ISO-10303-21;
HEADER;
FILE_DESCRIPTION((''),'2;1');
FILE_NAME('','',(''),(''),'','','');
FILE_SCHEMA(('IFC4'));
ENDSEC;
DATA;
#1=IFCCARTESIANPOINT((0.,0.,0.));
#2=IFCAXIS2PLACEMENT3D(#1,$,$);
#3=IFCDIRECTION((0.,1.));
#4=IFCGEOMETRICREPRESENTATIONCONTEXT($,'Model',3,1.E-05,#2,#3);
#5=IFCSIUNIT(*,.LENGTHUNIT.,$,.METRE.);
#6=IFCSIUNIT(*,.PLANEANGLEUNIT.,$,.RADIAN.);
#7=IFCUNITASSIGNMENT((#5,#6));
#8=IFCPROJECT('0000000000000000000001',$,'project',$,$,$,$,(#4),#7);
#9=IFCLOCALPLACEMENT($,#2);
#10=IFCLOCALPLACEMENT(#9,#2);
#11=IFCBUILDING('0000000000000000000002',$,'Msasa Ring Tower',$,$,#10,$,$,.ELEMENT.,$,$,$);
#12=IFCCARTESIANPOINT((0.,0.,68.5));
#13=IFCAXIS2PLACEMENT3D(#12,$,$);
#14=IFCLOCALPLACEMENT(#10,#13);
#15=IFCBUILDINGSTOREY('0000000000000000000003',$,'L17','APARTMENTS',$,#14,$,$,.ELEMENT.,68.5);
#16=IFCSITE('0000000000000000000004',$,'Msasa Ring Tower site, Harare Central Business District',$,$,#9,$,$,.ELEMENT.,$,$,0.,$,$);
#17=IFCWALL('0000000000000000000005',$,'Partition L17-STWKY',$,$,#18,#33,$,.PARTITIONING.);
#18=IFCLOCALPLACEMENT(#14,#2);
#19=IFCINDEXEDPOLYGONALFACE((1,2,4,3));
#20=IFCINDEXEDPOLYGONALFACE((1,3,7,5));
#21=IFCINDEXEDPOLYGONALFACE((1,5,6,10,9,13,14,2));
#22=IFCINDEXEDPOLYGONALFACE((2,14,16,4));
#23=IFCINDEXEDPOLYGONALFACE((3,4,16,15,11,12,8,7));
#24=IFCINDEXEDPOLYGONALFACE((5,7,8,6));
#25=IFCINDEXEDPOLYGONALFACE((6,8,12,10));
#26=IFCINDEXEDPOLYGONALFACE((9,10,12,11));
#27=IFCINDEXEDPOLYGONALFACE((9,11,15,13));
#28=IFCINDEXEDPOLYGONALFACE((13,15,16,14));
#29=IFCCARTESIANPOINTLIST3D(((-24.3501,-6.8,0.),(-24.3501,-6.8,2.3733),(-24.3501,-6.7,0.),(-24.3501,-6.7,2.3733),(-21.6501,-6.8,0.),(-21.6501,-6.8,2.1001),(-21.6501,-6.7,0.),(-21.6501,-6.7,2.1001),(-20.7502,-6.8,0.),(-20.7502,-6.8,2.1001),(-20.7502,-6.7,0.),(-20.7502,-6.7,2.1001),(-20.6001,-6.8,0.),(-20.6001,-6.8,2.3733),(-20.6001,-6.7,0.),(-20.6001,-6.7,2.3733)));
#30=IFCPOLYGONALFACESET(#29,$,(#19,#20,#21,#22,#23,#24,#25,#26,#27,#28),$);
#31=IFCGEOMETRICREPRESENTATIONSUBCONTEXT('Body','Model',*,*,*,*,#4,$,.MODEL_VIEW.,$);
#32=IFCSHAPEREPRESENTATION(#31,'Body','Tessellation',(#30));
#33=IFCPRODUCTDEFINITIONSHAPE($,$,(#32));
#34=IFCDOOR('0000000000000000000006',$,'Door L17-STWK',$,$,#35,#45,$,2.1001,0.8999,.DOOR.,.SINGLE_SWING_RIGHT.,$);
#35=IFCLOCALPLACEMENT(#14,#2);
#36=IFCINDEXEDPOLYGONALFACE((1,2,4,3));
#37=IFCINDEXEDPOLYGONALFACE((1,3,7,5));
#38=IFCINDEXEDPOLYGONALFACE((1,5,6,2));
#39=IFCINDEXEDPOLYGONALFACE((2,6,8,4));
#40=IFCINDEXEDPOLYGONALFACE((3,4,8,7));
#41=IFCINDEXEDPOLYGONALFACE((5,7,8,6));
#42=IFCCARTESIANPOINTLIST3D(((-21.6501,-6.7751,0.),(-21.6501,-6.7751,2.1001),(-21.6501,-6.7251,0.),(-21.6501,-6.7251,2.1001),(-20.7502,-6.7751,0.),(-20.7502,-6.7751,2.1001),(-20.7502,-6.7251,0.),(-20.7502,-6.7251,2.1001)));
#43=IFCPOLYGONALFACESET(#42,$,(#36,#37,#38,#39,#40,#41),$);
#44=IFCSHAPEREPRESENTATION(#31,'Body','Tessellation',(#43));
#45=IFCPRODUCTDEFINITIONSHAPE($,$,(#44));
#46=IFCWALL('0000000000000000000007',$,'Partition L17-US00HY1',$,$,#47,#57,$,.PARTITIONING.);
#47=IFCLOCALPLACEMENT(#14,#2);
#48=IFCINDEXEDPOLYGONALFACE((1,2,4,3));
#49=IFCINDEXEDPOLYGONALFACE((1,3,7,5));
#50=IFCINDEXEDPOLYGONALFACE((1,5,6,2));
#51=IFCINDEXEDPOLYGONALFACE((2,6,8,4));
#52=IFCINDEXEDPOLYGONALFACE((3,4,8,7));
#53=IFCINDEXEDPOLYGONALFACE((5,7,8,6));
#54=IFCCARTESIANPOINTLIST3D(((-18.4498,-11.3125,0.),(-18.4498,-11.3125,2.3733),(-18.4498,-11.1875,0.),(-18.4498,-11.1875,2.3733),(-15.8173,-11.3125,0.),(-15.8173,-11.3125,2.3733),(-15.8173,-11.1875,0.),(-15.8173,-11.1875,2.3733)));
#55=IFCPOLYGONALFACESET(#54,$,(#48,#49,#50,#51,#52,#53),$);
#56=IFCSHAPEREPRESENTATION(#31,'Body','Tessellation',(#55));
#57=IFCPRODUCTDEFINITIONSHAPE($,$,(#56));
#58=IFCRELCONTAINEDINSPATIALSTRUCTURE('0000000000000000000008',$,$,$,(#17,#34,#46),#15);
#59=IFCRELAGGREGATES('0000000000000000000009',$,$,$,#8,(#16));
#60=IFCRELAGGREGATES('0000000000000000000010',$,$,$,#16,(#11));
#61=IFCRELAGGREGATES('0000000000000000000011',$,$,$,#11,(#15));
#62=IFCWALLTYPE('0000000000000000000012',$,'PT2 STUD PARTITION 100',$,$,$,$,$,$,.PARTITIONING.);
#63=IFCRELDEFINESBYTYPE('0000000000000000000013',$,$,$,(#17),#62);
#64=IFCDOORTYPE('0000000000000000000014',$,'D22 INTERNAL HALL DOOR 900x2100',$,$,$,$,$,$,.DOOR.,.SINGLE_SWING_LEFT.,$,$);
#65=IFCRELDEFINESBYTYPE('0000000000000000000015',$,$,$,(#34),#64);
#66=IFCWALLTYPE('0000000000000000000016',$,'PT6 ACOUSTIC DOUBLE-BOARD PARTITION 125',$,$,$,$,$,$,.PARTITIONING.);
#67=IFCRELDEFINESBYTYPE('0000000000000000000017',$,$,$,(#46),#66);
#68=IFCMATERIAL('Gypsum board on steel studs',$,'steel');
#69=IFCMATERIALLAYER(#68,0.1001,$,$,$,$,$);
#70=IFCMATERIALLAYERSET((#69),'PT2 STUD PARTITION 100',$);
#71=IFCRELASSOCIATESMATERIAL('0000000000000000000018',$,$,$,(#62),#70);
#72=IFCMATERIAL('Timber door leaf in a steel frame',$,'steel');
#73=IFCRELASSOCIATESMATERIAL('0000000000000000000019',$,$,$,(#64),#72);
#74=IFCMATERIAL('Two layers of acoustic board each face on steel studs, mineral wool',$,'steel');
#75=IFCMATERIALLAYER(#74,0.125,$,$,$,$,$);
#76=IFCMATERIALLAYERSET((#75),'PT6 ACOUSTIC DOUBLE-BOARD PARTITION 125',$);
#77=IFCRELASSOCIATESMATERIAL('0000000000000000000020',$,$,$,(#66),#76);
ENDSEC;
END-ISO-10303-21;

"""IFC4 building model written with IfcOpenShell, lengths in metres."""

from ifc_helpers import new_model, si_unit, direction, frame, frame_2d, origin, place, context, subcontext, project, spatial, rectangle, extrude, material, layer, layer_set, type_object, element, fill, save


model = new_model("IFC4")

# Units and contexts
model_context = context("Model", 3, precision=1e-05, world=origin(), true_north=direction((0.0, 1.0)))
body_context = subcontext(model_context, "Body", "Model", "MODEL_VIEW")
ifc_project = project(units=[si_unit("LENGTHUNIT", "METRE"), si_unit("PLANEANGLEUNIT", "RADIAN")], contexts=[model_context])

# Site, building, storey
site_placement = place(None, origin())
site = spatial("IfcSite", under=ifc_project, at=site_placement, Name="Msasa Ring Tower site, Harare Central Business District", CompositionType="ELEMENT", RefElevation=0.0)
building_placement = place(site_placement, origin())
building = spatial("IfcBuilding", under=site, at=building_placement, Name="Msasa Ring Tower", CompositionType="ELEMENT")
storey_placement = place(building_placement, frame((0.0, 0.0, 68.5)))
storey = spatial("IfcBuildingStorey", under=building, at=storey_placement, Name="L17", Description="APARTMENTS", CompositionType="ELEMENT", Elevation=68.5)

# Wall, opening, door
ifc_material_1 = material(Name="Gypsum board on steel studs", Category="steel")
ifc_layer_1 = layer(ifc_material_1, 0.1001)
ifc_layer_set_1 = layer_set([ifc_layer_1], Name="PT2 STUD PARTITION 100")
wall_type_1 = type_object("IfcWallType", Name="PT2 STUD PARTITION 100", PredefinedType="PARTITIONING", material=ifc_layer_set_1)
wall_1_placement = place(storey_placement, frame((-24.3501, -6.75, 0.0), z_axis=(0.0, 0.0, 1.0), x_axis=(1.0, 0.0, 0.0)))
wall_1 = element("IfcWall", 1, at=wall_1_placement, inside=storey, type_object=wall_type_1, Name="Partition L17-STWKY", PredefinedType="PARTITIONING", context=body_context, shape_type="SweptSolid", body=[
    extrude(rectangle(XDim=3.75, YDim=0.1001, at=frame_2d((1.875, 0.0))), origin(), (0.0, 0.0, 1.0), 2.3733),
])
opening_1_placement = place(wall_1_placement, frame((2.7, 0.0, 0.0)))
opening_1 = element("IfcOpeningElement", 2, at=opening_1_placement, cuts=wall_1, PredefinedType="OPENING", context=body_context, shape_type="SweptSolid", body=[
    extrude(rectangle(XDim=0.8999, YDim=2.1001, at=frame_2d((0.45, 1.05))), frame((0.0, 0.0601, 0.0), z_axis=(0.0, -1.0, 0.0), x_axis=(1.0, 0.0, 0.0)), (0.0, 0.0, 1.0), 0.1201),
])
ifc_material_2 = material(Name="Timber door leaf in a steel frame", Category="steel")
door_type_1 = type_object("IfcDoorType", Name="D22 INTERNAL HALL DOOR 900x2100", OperationType="SINGLE_SWING_LEFT", PredefinedType="DOOR", material=ifc_material_2)
door_1_placement = place(opening_1_placement, origin())
door_1 = element("IfcDoor", 3, at=door_1_placement, inside=storey, type_object=door_type_1, Name="Door L17-STWK", OperationType="SINGLE_SWING_RIGHT", OverallHeight=2.1001, OverallWidth=0.8999, PredefinedType="DOOR", context=body_context, shape_type="SweptSolid", body=[
    extrude(rectangle(XDim=0.8999, YDim=2.1001, at=frame_2d((0.45, 1.05))), frame((0.0, 0.0249, 0.0), z_axis=(0.0, -1.0, 0.0), x_axis=(1.0, 0.0, 0.0)), (0.0, 0.0, 1.0), 0.05),
])
fill(opening_1, door_1)

# Wall
ifc_material_3 = material(Name="Two layers of acoustic board each face on steel studs, mineral wool", Category="steel")
ifc_layer_2 = layer(ifc_material_3, 0.125)
ifc_layer_set_2 = layer_set([ifc_layer_2], Name="PT6 ACOUSTIC DOUBLE-BOARD PARTITION 125")
wall_type_2 = type_object("IfcWallType", Name="PT6 ACOUSTIC DOUBLE-BOARD PARTITION 125", PredefinedType="PARTITIONING", material=ifc_layer_set_2)
wall_2_placement = place(storey_placement, frame((-18.45, -11.25, 0.0), z_axis=(0.0, 0.0, 1.0), x_axis=(1.0, 0.0, 0.0)))
element("IfcWall", 4, at=wall_2_placement, inside=storey, type_object=wall_type_2, Name="Partition L17-US00HY1", PredefinedType="PARTITIONING", context=body_context, shape_type="SweptSolid", body=[
    extrude(rectangle(XDim=2.6326, YDim=0.125, at=frame_2d((1.3164, 0.0))), origin(), (0.0, 0.0, 1.0), 2.3733),
])

save(model, "model.ifc")
